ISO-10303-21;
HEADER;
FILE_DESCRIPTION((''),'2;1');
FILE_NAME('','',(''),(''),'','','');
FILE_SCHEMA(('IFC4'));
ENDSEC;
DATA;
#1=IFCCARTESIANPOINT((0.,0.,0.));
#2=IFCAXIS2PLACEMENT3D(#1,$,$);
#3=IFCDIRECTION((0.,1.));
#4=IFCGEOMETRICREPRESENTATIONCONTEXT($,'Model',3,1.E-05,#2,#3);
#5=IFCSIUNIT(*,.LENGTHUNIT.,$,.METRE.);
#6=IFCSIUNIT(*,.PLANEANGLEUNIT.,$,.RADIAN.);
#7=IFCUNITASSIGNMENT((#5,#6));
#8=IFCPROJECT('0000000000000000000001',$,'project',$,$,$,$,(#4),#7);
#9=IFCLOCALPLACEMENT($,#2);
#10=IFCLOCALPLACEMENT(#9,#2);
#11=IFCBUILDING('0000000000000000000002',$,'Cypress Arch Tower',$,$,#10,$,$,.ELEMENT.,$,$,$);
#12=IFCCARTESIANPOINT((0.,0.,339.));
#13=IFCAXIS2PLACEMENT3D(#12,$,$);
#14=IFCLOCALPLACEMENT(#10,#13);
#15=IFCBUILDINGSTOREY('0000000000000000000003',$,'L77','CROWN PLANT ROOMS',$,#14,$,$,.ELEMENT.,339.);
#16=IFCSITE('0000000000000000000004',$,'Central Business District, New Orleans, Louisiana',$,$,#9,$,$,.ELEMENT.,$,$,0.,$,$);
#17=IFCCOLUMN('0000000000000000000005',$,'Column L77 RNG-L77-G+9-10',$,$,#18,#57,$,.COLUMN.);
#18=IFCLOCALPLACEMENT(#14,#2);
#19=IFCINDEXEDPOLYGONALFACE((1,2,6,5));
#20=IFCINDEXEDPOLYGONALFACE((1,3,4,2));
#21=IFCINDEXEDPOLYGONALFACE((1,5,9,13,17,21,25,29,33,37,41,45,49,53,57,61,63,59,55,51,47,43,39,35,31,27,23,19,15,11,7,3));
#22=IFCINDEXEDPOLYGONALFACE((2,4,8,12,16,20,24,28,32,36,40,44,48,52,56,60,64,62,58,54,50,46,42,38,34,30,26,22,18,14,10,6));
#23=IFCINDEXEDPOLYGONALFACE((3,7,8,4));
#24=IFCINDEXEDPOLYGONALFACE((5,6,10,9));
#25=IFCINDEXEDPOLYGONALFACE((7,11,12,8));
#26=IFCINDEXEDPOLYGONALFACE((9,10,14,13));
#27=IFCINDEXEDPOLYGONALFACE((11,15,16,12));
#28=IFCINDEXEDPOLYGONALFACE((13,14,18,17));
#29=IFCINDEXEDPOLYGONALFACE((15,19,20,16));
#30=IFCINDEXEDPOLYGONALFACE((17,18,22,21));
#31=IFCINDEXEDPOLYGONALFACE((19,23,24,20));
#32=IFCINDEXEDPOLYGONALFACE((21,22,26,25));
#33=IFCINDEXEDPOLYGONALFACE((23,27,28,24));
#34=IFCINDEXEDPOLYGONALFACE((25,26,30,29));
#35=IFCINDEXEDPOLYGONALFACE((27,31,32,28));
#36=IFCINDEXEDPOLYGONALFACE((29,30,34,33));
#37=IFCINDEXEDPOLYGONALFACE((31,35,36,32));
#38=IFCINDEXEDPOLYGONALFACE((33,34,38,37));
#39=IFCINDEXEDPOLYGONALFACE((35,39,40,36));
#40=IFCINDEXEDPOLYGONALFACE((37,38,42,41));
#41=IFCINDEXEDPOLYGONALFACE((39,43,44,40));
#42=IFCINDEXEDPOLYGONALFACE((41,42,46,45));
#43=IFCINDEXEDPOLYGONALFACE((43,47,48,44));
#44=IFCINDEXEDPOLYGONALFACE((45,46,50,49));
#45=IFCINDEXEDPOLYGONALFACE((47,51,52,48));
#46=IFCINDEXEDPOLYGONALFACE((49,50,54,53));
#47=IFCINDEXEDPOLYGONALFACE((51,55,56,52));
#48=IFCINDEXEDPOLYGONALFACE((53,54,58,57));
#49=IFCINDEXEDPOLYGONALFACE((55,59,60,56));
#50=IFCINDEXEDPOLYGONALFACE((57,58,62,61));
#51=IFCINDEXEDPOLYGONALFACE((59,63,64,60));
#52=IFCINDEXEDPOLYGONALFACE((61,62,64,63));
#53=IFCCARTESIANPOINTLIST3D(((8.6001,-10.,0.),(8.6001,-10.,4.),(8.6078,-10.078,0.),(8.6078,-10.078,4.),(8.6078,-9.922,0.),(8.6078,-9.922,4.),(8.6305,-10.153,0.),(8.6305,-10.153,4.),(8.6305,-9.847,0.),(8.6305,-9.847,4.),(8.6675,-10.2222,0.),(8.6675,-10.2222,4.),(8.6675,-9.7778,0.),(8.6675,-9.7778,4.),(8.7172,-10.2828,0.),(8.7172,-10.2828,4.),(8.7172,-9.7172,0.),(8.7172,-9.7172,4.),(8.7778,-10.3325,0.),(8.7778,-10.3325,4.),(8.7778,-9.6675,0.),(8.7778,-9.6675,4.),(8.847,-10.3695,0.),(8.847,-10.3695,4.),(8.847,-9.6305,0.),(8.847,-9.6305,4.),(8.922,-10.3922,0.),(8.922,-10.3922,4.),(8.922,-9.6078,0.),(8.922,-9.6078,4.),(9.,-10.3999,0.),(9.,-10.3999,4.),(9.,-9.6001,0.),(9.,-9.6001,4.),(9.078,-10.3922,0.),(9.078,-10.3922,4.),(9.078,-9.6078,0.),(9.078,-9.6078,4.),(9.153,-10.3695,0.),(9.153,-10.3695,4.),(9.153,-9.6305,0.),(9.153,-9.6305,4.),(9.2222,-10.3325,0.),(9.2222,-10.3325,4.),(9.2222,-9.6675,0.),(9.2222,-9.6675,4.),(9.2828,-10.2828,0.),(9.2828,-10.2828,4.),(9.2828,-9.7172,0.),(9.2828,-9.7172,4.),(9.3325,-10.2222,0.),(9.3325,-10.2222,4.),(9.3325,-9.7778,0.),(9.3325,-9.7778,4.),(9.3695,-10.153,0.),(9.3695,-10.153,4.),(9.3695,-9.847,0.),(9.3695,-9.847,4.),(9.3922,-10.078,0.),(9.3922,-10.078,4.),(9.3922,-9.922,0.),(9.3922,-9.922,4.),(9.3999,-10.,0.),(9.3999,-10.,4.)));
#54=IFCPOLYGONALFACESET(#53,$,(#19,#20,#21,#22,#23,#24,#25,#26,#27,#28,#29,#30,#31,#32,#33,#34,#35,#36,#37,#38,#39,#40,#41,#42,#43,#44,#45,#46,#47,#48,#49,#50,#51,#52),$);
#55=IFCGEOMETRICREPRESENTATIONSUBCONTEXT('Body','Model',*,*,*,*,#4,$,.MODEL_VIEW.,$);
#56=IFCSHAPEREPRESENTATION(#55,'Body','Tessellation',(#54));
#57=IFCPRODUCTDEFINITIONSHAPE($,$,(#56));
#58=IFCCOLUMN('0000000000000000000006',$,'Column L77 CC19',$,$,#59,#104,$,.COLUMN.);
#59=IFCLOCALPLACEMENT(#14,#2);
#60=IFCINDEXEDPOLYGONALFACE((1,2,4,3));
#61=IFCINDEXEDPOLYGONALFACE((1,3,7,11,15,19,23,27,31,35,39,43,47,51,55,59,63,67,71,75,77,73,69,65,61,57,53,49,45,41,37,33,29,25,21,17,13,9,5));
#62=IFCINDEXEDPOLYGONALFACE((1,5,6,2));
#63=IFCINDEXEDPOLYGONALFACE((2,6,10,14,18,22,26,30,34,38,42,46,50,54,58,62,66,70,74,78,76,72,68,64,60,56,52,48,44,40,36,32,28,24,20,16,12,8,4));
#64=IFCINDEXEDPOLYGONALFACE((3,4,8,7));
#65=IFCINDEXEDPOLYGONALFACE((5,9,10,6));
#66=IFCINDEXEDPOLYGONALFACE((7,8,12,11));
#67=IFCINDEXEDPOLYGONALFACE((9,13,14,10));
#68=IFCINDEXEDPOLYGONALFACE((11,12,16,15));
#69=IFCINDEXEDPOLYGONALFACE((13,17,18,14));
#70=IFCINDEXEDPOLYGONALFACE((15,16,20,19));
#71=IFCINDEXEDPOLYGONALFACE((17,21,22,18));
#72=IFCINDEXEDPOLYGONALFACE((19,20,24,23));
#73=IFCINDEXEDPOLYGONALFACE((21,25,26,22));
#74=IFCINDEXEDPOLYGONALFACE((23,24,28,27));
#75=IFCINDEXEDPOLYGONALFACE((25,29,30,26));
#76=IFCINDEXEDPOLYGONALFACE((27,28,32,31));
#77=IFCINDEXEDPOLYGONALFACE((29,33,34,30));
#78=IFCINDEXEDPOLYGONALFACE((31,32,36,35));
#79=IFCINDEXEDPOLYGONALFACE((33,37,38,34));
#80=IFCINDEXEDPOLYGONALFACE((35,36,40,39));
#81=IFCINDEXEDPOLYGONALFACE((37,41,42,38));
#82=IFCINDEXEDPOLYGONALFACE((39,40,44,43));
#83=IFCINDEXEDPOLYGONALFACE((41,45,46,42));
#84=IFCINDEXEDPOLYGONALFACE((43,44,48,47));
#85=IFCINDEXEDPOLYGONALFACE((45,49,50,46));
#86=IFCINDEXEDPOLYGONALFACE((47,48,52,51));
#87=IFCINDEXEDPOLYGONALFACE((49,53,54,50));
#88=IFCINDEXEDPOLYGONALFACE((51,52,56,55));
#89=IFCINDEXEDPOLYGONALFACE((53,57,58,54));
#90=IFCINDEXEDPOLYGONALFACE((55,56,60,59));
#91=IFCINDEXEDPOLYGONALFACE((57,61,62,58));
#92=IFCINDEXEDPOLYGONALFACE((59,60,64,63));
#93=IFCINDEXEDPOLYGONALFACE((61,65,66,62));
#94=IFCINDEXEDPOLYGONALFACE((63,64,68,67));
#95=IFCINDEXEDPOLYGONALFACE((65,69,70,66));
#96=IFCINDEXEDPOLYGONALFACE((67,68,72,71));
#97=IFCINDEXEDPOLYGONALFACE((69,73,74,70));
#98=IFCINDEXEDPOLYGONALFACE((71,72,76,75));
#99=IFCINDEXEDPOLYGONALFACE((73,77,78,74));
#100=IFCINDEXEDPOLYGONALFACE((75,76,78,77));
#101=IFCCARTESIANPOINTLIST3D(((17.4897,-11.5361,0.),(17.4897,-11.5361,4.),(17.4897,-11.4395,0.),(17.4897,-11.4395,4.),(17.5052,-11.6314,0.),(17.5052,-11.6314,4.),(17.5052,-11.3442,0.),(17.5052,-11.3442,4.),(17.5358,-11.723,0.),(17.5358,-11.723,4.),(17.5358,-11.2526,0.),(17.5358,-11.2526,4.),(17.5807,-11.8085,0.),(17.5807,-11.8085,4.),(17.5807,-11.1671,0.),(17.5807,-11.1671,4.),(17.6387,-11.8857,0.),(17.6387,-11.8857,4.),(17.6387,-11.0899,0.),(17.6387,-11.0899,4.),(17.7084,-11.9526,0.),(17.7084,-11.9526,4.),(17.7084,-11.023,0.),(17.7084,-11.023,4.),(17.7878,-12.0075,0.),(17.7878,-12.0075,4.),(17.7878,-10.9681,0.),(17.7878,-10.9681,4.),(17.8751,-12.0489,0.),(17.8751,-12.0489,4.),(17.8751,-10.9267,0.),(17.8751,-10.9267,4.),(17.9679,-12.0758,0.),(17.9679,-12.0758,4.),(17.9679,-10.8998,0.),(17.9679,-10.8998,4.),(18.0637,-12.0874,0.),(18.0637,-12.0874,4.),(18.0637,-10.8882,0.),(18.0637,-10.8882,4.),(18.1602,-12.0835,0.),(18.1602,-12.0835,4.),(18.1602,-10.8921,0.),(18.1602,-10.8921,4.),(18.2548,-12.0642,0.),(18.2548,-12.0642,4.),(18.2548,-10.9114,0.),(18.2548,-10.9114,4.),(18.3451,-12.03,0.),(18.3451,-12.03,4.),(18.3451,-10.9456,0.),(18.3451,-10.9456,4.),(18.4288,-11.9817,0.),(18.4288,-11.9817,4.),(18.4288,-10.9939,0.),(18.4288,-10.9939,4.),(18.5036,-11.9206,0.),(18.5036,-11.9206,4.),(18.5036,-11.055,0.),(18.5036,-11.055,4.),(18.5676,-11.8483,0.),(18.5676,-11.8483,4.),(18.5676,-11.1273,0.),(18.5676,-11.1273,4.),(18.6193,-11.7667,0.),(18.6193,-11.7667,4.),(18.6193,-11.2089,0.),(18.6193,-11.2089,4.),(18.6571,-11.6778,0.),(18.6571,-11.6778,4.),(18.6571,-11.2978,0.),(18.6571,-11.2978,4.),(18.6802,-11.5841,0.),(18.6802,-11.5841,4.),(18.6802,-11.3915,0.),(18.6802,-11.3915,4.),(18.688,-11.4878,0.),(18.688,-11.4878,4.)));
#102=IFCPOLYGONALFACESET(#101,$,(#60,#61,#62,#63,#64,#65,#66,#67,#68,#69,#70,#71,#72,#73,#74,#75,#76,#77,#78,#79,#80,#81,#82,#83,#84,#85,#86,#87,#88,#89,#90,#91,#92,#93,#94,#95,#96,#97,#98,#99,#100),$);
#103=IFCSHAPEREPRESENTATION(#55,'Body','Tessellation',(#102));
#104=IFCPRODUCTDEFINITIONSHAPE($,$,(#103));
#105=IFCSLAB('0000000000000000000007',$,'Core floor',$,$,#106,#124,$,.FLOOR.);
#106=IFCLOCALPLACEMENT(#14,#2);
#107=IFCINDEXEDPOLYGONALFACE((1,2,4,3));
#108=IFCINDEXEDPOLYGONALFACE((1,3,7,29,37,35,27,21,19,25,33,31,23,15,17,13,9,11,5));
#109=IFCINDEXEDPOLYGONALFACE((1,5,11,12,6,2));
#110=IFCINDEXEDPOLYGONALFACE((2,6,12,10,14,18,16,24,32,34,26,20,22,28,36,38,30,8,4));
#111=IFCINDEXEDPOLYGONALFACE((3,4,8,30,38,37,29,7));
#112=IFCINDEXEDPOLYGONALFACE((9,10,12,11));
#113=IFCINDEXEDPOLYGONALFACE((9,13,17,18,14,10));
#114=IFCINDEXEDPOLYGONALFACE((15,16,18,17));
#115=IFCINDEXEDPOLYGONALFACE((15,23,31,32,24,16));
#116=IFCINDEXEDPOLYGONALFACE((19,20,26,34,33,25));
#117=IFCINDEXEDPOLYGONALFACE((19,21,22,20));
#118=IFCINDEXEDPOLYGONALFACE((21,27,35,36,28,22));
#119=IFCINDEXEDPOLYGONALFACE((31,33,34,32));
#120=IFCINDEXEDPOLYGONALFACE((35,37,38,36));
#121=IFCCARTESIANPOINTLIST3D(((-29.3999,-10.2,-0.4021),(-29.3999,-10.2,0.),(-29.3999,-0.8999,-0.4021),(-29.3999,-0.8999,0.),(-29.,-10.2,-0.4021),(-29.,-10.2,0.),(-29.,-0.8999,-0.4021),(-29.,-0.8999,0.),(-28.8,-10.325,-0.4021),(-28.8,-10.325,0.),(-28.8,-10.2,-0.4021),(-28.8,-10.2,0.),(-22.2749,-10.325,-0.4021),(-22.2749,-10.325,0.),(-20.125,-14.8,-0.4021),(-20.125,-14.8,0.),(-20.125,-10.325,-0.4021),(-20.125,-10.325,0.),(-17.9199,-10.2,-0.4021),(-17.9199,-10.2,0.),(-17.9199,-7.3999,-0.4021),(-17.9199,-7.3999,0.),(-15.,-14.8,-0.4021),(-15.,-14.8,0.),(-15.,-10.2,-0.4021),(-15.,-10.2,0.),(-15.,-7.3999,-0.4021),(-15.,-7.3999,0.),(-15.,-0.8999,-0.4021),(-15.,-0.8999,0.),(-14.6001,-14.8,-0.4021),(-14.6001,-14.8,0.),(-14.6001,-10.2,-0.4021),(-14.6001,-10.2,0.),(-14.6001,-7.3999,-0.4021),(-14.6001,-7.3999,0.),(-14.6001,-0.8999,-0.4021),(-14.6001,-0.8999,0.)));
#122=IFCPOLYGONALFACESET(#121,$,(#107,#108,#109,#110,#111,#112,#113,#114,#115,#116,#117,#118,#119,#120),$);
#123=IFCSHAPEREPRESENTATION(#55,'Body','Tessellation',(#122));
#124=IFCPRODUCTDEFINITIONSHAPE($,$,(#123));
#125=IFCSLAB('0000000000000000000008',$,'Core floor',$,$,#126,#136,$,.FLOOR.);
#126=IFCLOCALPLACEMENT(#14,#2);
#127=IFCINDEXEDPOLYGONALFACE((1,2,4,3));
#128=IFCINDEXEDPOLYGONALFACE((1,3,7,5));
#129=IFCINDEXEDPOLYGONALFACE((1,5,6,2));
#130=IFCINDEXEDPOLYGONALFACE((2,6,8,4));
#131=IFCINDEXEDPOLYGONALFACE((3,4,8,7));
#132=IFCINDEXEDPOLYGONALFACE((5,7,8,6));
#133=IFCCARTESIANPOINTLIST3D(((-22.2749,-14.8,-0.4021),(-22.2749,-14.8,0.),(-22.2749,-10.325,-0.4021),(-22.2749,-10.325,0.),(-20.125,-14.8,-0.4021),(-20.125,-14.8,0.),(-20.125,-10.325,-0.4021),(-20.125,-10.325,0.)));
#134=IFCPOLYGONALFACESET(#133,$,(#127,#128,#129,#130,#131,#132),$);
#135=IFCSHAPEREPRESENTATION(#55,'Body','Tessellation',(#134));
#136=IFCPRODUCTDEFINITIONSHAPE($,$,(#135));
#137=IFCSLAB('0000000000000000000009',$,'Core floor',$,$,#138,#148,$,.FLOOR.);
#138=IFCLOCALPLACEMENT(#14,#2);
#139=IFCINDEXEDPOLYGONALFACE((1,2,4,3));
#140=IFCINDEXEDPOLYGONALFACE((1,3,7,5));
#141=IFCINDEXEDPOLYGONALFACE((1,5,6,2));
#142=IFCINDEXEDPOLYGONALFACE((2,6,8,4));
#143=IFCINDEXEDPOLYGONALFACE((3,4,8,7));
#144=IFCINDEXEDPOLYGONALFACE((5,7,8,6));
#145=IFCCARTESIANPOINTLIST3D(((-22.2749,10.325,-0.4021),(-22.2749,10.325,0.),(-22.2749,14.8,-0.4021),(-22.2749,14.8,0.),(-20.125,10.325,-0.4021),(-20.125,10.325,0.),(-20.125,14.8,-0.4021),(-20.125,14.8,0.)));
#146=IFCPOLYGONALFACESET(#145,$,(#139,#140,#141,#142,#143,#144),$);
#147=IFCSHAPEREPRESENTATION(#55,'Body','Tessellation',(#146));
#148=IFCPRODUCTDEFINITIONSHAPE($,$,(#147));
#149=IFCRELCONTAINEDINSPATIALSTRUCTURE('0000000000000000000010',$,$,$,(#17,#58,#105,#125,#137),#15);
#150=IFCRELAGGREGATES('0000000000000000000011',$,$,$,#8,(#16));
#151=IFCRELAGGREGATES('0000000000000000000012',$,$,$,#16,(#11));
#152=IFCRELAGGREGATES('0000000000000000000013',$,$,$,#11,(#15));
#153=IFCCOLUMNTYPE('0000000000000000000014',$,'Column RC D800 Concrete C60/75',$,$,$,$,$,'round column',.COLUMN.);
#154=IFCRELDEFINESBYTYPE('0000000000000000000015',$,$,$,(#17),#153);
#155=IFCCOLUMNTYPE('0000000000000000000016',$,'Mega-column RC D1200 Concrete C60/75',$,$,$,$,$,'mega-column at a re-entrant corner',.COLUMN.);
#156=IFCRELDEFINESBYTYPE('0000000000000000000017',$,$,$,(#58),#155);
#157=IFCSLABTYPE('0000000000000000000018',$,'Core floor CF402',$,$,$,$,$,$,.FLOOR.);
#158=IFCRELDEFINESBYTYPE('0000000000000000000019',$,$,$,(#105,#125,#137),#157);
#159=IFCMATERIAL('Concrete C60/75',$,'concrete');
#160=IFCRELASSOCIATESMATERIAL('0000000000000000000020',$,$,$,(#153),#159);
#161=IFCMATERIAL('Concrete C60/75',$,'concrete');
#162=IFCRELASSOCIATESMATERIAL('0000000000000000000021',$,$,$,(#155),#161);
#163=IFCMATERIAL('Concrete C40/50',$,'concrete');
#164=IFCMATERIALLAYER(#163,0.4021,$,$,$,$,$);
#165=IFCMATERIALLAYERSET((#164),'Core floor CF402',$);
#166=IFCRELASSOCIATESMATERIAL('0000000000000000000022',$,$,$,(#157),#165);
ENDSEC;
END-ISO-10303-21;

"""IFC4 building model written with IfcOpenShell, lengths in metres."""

from ifc_helpers import new_model, si_unit, direction, frame, origin, origin_2d, place, context, subcontext, project, spatial, polyline, circle, outline, extrude, material, layer, layer_set, material_profile, profile_set, type_object, element, save


model = new_model("IFC4")

# Units and contexts
model_context = context("Model", 3, precision=1e-05, world=origin(), true_north=direction((0.0, 1.0)))
body_context = subcontext(model_context, "Body", "Model", "MODEL_VIEW")
ifc_project = project(units=[si_unit("LENGTHUNIT", "METRE"), si_unit("PLANEANGLEUNIT", "RADIAN")], contexts=[model_context])

# Site, building, storey
site_placement = place(None, origin())
site = spatial("IfcSite", under=ifc_project, at=site_placement, Name="Central Business District, New Orleans, Louisiana", CompositionType="ELEMENT", RefElevation=0.0)
building_placement = place(site_placement, origin())
building = spatial("IfcBuilding", under=site, at=building_placement, Name="Cypress Arch Tower", CompositionType="ELEMENT")
storey_placement = place(building_placement, frame((0.0, 0.0, 339.0)))
storey = spatial("IfcBuildingStorey", under=building, at=storey_placement, Name="L77", Description="CROWN PLANT ROOMS", CompositionType="ELEMENT", Elevation=339.0)

# Columns
ifc_material_1 = material(Name="Concrete C60/75", Category="concrete")
ifc_material_profile_1 = material_profile(ifc_material_1, circle(Radius=0.3999, at=origin_2d()), Name="RC D800")
ifc_profile_set_1 = profile_set([ifc_material_profile_1], Name="Concrete C60/75")
column_type_1 = type_object("IfcColumnType", Name="Column RC D800 Concrete C60/75", ElementType="round column", PredefinedType="COLUMN", material=ifc_profile_set_1)
for number, where, z_axis, x_axis, name in (
    (1, (9.0, -10.0, 0.0), (0.0, 0.0, 1.0), (1.0, 0.0, 0.0), "Column L77 RNG-L77-G+9-10"),
):
    element("IfcColumn", number, at=place(storey_placement, frame(where, z_axis=z_axis, x_axis=x_axis)), inside=storey, type_object=column_type_1, Name=name, PredefinedType="COLUMN", context=body_context, shape_type="SweptSolid", body=[
        extrude(circle(Radius=0.3999, at=origin_2d()), origin(), (0.0, 0.0, 1.0), 4.0),
    ])
ifc_material_2 = material(Name="Concrete C60/75", Category="concrete")
ifc_material_profile_2 = material_profile(ifc_material_2, circle(Radius=0.6001, at=origin_2d()), Name="RC D1200")
ifc_profile_set_2 = profile_set([ifc_material_profile_2], Name="Concrete C60/75")
column_type_2 = type_object("IfcColumnType", Name="Mega-column RC D1200 Concrete C60/75", ElementType="mega-column at a re-entrant corner", PredefinedType="COLUMN", material=ifc_profile_set_2)
column_placement = place(storey_placement, frame((18.0879, -11.4878, 0.0), z_axis=(0.0, 0.0, 1.0), x_axis=(1.0, 0.0, 0.0)))
element("IfcColumn", 2, at=column_placement, inside=storey, type_object=column_type_2, Name="Column L77 CC19", PredefinedType="COLUMN", context=body_context, shape_type="SweptSolid", body=[
    extrude(circle(Radius=0.6001, at=origin_2d()), origin(), (0.0, 0.0, 1.0), 4.0),
])

# Slabs
ifc_material_3 = material(Name="Concrete C40/50", Category="concrete")
ifc_layer_1 = layer(ifc_material_3, 0.4021)
ifc_layer_set_1 = layer_set([ifc_layer_1], Name="Core floor CF402")
slab_type_1 = type_object("IfcSlabType", Name="Core floor CF402", PredefinedType="FLOOR", material=ifc_layer_set_1)
slab_1_placement = place(storey_placement, frame((0.0, 0.0, -0.4021)))
element("IfcSlab", 3, at=slab_1_placement, inside=storey, type_object=slab_type_1, Name="Core floor", PredefinedType="FLOOR", context=body_context, shape_type="SweptSolid", body=[
    extrude(outline(polyline([(-28.8, -10.2), (-29.0, -10.2), (-29.3999, -10.2), (-29.3999, -0.8999), (-29.0, -0.8999), (-15.0, -0.8999), (-14.6001, -0.8999), (-14.6001, -7.3999), (-15.0, -7.3999), (-17.9199, -7.3999), (-17.9199, -10.2), (-15.0, -10.2), (-14.6001, -10.2), (-14.6001, -14.8), (-15.0, -14.8), (-20.125, -14.8), (-20.125, -10.325), (-22.2749, -10.325), (-28.8, -10.325), (-28.8, -10.2)])), origin(), (0.0, 0.0, 1.0), 0.4021),
])
slab_2_placement = place(storey_placement, frame((0.0, 0.0, -0.4021)))
element("IfcSlab", 4, at=slab_2_placement, inside=storey, type_object=slab_type_1, Name="Core floor", PredefinedType="FLOOR", context=body_context, shape_type="SweptSolid", body=[
    extrude(outline(polyline([(-22.2749, -10.325), (-22.2749, -14.8), (-20.125, -14.8), (-20.125, -10.325), (-22.2749, -10.325)])), origin(), (0.0, 0.0, 1.0), 0.4021),
])
slab_3_placement = place(storey_placement, frame((0.0, 0.0, -0.4021)))
element("IfcSlab", 5, at=slab_3_placement, inside=storey, type_object=slab_type_1, Name="Core floor", PredefinedType="FLOOR", context=body_context, shape_type="SweptSolid", body=[
    extrude(outline(polyline([(-20.125, 14.8), (-22.2749, 14.8), (-22.2749, 10.325), (-20.125, 10.325), (-20.125, 14.8)])), origin(), (0.0, 0.0, 1.0), 0.4021),
])

save(model, "model.ifc")
